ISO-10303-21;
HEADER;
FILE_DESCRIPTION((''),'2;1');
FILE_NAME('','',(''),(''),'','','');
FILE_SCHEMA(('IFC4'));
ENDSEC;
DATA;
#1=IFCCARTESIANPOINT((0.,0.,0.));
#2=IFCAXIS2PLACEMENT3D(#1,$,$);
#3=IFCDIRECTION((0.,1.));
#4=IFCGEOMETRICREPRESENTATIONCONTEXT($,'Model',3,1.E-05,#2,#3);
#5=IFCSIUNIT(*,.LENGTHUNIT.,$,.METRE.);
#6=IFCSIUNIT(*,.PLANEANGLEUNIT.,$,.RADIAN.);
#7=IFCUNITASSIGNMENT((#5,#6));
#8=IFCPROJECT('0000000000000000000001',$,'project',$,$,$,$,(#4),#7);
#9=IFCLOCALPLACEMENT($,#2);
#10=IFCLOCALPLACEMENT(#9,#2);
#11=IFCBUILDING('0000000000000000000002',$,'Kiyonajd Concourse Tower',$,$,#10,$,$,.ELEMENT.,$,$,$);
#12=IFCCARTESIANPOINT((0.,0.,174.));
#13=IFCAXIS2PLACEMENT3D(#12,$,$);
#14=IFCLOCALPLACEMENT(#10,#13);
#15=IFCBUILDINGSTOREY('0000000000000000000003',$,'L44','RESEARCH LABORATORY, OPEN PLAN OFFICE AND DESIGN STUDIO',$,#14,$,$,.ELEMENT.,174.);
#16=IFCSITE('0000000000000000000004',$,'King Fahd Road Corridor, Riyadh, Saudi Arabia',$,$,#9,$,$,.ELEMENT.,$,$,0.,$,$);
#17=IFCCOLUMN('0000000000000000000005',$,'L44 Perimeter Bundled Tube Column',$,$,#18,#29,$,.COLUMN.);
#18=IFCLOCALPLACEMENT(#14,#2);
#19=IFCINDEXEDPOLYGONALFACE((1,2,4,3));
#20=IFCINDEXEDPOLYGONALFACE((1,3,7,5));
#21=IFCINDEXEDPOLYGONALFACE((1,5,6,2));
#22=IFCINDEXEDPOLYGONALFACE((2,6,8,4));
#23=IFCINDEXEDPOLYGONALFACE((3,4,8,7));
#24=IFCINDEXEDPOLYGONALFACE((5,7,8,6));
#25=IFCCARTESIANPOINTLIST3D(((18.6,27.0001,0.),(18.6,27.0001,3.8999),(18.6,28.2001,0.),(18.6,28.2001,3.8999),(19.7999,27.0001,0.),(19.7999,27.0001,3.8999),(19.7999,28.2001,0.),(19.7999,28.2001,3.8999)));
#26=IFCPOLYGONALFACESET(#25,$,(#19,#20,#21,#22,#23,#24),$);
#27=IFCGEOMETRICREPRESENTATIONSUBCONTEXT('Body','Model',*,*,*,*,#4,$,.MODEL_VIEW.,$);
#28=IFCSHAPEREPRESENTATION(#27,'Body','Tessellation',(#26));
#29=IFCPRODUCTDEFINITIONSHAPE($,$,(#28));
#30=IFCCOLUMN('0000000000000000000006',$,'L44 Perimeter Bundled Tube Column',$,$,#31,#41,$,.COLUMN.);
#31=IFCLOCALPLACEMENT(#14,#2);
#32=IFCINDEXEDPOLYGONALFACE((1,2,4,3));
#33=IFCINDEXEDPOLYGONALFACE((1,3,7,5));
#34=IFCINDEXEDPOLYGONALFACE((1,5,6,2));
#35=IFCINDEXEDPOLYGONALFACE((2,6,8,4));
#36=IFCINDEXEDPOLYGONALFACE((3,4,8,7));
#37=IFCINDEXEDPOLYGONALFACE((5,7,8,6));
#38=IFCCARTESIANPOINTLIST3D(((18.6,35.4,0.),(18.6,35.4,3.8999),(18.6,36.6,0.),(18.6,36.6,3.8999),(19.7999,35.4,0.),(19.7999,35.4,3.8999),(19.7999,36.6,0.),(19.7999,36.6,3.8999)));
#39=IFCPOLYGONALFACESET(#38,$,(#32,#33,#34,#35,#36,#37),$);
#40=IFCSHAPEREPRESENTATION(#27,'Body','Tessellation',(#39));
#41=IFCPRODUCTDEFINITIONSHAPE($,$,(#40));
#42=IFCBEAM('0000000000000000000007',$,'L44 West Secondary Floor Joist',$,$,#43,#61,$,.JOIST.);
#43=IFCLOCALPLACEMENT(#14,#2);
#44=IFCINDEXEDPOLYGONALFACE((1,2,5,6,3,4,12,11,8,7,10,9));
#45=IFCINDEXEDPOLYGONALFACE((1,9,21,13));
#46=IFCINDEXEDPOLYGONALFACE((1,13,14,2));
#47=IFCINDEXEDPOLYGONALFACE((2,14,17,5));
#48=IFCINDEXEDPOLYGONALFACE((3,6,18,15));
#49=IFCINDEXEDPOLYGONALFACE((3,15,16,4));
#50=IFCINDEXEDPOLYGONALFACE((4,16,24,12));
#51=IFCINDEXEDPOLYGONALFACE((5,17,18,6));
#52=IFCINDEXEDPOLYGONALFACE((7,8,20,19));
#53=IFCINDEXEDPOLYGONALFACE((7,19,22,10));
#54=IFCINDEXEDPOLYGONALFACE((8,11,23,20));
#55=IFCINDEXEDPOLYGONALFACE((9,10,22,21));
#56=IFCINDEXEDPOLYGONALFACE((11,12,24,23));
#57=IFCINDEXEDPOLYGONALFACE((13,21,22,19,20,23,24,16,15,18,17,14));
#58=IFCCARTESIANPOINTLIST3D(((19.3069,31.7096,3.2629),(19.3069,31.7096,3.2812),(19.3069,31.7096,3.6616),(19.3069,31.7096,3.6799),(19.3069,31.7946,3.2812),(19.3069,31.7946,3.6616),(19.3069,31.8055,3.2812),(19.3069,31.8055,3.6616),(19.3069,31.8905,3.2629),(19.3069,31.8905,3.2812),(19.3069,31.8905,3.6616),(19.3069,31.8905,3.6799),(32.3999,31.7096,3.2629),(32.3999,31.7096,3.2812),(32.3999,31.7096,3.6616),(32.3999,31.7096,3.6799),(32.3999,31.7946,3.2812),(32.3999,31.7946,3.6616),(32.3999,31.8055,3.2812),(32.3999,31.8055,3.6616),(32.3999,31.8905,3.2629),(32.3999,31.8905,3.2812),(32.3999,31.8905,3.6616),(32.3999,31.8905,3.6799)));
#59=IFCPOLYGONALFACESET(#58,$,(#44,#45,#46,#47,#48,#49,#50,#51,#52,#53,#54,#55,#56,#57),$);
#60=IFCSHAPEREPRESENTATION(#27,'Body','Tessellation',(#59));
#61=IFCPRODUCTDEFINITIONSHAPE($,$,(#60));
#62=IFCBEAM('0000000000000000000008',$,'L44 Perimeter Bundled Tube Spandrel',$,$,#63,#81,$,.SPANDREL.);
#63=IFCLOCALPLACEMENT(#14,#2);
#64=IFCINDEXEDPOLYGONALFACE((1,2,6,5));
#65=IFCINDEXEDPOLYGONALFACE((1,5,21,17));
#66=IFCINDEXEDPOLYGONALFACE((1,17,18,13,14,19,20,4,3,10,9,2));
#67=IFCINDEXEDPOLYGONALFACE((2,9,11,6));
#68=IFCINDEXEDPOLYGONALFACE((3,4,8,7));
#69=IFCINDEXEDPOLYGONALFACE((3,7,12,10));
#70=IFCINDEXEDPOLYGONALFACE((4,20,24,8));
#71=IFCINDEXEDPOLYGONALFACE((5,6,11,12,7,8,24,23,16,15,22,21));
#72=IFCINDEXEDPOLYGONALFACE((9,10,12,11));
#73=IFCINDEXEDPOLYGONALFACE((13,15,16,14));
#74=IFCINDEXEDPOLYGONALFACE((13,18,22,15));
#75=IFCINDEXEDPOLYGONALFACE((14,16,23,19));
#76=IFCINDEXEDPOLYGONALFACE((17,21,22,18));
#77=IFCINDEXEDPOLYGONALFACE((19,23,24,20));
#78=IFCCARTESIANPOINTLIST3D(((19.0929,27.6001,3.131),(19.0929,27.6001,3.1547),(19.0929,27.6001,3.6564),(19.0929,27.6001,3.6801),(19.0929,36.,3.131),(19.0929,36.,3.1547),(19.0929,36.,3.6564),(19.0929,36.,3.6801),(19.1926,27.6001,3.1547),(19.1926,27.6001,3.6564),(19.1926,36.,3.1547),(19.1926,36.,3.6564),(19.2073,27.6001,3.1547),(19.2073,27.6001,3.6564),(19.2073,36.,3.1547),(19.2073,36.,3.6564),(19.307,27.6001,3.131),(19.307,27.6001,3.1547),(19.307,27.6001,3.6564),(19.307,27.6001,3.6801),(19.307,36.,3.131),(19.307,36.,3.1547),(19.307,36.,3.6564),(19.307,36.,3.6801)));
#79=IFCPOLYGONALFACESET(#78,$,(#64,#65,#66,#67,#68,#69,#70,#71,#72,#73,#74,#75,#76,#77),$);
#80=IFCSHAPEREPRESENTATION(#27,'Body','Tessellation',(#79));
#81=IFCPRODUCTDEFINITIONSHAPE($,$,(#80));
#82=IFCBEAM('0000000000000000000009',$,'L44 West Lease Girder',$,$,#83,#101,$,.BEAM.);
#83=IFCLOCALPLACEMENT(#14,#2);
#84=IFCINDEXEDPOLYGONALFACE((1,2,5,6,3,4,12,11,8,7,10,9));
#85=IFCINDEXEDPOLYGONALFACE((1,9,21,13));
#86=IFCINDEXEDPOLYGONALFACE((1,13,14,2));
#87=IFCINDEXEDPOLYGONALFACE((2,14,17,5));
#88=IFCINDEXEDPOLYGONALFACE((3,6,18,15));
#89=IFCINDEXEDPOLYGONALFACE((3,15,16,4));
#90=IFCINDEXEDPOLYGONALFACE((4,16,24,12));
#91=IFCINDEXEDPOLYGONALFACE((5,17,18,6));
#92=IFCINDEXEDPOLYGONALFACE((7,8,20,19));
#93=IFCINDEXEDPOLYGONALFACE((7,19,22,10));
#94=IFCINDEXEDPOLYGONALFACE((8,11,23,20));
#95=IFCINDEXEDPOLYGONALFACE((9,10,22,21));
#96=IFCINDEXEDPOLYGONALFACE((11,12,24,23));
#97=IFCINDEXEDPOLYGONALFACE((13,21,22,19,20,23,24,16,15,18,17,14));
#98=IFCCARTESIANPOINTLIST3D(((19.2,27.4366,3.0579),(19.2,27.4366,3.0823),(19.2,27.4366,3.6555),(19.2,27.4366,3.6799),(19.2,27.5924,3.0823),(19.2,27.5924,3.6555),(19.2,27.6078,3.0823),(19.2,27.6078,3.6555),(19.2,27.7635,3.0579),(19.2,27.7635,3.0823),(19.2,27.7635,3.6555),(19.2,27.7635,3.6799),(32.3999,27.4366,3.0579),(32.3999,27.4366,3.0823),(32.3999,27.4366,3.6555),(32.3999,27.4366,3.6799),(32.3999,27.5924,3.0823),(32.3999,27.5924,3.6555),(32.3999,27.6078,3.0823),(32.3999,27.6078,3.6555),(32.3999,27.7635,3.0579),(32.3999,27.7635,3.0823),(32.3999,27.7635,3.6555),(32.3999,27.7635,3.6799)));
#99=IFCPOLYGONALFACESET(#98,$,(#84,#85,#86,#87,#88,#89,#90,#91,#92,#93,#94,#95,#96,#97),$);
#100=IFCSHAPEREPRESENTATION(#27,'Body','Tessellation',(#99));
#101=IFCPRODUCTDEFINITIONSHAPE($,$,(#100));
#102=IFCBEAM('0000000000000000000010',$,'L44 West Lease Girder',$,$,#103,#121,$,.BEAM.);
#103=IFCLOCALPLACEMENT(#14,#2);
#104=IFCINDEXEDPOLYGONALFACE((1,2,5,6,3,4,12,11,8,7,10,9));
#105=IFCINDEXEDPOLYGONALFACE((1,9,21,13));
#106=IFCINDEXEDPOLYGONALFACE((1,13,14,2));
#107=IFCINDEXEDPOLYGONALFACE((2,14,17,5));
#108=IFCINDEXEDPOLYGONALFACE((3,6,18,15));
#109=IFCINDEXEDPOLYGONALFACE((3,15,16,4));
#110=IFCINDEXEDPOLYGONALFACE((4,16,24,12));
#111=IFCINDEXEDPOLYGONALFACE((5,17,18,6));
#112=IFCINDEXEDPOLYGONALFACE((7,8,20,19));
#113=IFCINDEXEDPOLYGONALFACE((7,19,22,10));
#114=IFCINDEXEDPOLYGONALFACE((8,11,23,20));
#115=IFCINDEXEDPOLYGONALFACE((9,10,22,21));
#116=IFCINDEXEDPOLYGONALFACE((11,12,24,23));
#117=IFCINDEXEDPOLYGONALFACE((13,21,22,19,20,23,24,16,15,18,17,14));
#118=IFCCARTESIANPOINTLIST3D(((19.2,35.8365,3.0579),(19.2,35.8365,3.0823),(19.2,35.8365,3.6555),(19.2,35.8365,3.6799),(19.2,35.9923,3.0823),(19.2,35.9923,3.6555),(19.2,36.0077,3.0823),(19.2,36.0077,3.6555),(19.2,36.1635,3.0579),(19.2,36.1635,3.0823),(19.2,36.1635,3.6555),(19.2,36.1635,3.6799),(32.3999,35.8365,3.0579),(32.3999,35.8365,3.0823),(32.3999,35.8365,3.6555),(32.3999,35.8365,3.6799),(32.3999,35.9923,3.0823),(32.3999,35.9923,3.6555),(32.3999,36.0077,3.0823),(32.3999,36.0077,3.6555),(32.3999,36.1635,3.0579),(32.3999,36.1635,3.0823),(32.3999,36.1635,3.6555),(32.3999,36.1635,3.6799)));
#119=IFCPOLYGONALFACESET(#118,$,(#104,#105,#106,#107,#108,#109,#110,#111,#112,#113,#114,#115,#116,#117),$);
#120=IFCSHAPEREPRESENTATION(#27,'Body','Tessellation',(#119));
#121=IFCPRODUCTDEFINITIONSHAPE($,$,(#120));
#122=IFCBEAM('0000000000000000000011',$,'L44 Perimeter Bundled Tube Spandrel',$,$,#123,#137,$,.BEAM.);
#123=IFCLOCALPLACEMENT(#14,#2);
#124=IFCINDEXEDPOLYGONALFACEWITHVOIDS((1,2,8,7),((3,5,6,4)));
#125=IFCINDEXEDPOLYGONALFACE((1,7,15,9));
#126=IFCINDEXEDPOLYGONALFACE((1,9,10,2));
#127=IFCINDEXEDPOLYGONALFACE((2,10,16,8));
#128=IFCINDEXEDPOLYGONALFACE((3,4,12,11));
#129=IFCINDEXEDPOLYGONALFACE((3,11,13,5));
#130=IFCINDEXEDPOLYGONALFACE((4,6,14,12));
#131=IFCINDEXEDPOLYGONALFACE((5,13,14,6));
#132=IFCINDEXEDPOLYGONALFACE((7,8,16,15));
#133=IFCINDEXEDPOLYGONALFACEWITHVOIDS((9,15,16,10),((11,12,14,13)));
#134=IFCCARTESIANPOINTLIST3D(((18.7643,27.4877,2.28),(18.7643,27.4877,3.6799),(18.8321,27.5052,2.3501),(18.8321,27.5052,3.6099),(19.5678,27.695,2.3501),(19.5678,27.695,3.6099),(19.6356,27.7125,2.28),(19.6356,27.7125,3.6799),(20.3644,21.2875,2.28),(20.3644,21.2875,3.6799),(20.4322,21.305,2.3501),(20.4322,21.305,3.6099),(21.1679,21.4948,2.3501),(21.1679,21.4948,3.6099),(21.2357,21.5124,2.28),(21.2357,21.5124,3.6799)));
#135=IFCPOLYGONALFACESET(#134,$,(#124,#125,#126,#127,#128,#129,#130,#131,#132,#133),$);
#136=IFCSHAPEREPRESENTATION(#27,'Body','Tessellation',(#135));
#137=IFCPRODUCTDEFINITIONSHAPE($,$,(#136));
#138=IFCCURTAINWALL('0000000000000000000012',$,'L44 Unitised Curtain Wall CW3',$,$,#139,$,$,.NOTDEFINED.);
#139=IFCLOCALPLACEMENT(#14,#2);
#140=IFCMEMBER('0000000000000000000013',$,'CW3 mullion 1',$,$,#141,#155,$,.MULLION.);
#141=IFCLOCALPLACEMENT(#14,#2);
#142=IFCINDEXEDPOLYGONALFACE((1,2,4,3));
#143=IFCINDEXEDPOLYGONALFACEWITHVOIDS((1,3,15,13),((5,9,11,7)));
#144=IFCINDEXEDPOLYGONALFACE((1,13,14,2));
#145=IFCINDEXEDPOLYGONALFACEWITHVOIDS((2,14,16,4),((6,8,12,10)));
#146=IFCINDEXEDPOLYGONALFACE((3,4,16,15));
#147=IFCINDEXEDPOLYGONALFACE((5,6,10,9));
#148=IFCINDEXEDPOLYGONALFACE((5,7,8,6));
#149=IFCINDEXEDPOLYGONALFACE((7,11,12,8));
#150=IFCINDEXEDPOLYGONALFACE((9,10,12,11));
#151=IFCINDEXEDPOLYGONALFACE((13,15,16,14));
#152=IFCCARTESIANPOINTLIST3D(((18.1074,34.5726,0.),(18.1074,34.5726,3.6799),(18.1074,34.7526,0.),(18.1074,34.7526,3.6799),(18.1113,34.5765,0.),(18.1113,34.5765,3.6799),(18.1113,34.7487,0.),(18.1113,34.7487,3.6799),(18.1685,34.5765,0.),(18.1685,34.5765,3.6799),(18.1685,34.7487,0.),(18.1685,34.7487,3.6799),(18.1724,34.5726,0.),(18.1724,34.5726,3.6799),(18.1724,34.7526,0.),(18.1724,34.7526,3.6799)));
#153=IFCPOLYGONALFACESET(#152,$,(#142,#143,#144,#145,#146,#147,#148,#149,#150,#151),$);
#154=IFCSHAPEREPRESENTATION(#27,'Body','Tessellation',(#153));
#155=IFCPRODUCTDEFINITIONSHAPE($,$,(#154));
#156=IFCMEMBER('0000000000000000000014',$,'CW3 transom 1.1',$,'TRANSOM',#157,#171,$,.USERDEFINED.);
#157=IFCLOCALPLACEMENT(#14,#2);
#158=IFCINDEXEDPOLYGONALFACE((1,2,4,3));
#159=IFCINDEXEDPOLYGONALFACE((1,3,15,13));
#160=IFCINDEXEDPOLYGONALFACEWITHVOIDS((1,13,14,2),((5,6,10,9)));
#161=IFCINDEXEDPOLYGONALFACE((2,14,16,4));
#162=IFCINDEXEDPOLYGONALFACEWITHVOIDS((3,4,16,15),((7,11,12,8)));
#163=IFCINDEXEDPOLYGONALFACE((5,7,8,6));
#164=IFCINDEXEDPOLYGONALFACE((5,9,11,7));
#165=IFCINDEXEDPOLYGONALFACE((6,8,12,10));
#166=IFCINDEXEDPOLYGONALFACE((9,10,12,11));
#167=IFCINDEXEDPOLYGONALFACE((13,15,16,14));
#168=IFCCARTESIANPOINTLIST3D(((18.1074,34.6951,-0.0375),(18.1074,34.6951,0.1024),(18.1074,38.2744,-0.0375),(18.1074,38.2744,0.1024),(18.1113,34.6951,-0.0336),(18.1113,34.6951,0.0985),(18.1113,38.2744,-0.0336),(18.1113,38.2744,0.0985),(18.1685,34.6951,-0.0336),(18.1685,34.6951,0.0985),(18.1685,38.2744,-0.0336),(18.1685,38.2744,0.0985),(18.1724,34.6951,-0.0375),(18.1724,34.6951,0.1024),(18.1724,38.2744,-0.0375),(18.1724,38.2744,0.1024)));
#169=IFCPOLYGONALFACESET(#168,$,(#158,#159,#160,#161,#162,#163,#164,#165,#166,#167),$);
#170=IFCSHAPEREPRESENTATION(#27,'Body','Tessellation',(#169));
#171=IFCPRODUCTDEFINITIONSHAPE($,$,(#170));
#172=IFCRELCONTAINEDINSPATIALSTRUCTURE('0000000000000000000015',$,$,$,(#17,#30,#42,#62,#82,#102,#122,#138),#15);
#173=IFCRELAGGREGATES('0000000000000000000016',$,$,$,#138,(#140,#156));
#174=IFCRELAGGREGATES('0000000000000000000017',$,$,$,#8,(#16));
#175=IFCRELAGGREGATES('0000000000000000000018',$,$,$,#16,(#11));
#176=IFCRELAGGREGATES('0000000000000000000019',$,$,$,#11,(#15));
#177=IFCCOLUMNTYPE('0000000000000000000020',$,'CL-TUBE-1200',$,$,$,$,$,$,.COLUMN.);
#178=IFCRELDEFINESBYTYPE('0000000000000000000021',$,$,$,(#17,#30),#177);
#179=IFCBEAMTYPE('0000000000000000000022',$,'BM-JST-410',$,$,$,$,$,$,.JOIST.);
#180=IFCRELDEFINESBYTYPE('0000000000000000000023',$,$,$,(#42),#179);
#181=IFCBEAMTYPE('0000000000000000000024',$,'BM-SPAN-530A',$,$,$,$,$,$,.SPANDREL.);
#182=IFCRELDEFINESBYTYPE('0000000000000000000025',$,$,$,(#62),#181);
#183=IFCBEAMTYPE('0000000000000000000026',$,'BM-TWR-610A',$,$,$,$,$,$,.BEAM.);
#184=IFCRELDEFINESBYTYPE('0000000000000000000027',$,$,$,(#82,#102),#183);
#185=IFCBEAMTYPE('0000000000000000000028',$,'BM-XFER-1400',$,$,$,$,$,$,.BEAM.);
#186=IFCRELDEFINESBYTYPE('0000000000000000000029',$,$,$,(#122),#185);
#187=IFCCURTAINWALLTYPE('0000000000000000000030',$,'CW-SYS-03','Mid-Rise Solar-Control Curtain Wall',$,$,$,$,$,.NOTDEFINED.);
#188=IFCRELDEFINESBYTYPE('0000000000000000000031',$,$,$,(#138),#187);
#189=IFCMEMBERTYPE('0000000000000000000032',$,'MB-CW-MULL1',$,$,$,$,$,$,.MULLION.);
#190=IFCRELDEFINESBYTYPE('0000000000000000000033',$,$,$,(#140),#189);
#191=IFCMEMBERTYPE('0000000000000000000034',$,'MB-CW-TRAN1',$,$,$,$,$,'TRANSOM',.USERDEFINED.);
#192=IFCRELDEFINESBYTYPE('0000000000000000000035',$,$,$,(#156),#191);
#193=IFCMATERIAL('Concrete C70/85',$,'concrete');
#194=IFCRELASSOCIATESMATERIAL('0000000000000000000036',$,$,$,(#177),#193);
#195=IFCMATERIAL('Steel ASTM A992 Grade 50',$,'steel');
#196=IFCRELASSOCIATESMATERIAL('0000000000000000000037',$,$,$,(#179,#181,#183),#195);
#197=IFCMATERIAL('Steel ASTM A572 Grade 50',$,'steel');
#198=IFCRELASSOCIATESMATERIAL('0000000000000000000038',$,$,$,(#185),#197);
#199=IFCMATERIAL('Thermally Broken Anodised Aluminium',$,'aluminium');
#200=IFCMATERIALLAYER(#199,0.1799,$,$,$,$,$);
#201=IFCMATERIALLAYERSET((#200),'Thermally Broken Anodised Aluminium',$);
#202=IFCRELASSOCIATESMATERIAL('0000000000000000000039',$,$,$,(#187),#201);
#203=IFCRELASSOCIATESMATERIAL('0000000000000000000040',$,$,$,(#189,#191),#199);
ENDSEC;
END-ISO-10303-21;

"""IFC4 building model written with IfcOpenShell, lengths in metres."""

from ifc_helpers import new_model, si_unit, direction, frame, origin, origin_2d, place, context, subcontext, project, spatial, rectangle, hollow_rectangle, i_section, extrude, material, layer, layer_set, material_profile, profile_set, type_object, element, aggregate, save


model = new_model("IFC4")

# Units and contexts
model_context = context("Model", 3, precision=1e-05, world=origin(), true_north=direction((0.0, 1.0)))
body_context = subcontext(model_context, "Body", "Model", "MODEL_VIEW")
ifc_project = project(units=[si_unit("LENGTHUNIT", "METRE"), si_unit("PLANEANGLEUNIT", "RADIAN")], contexts=[model_context])

# Site, building, storey
site_placement = place(None, origin())
site = spatial("IfcSite", under=ifc_project, at=site_placement, Name="King Fahd Road Corridor, Riyadh, Saudi Arabia", CompositionType="ELEMENT", RefElevation=0.0)
building_placement = place(site_placement, origin())
building = spatial("IfcBuilding", under=site, at=building_placement, Name="Kiyonajd Concourse Tower", CompositionType="ELEMENT")
storey_placement = place(building_placement, frame((0.0, 0.0, 174.0)))
storey = spatial("IfcBuildingStorey", under=building, at=storey_placement, Name="L44", Description="RESEARCH LABORATORY, OPEN PLAN OFFICE AND DESIGN STUDIO", CompositionType="ELEMENT", Elevation=174.0)

# Columns
ifc_material_1 = material(Name="Concrete C70/85", Category="concrete")
ifc_material_profile_1 = material_profile(ifc_material_1, rectangle(XDim=1.2, YDim=1.2, at=origin_2d()), Name="RC-1200x1200")
ifc_profile_set_1 = profile_set([ifc_material_profile_1], Name="Concrete C70/85")
column_type = type_object("IfcColumnType", Name="CL-TUBE-1200", PredefinedType="COLUMN", material=ifc_profile_set_1)
for number, where, z_axis, x_axis, name in (
    (1, (19.2, 27.6001, 0.0), (0.0, 0.0, 1.0), (1.0, 0.0, 0.0), "L44 Perimeter Bundled Tube Column"),
    (2, (19.2, 36.0, 0.0), (0.0, 0.0, 1.0), (1.0, 0.0, 0.0), "L44 Perimeter Bundled Tube Column"),
):
    element("IfcColumn", number, at=place(storey_placement, frame(where, z_axis=z_axis, x_axis=x_axis)), inside=storey, type_object=column_type, Name=name, PredefinedType="COLUMN", context=body_context, shape_type="SweptSolid", body=[
        extrude(rectangle(XDim=1.2, YDim=1.2, at=origin_2d()), origin(), (0.0, 0.0, 1.0), 3.8999),
    ])

# Beams
ifc_material_2 = material(Name="Steel ASTM A992 Grade 50", Category="steel")
ifc_material_profile_2 = material_profile(ifc_material_2, i_section(OverallWidth=0.1809, OverallDepth=0.417, WebThickness=0.011, FlangeThickness=0.0183, at=origin_2d()), Name="W410X85")
ifc_profile_set_2 = profile_set([ifc_material_profile_2], Name="Steel ASTM A992 Grade 50")
beam_type_1 = type_object("IfcBeamType", Name="BM-JST-410", PredefinedType="JOIST", material=ifc_profile_set_2)
beam_1_placement = place(storey_placement, frame((19.3069, 31.8, 3.4714), z_axis=(1.0, 0.0, 0.0), x_axis=(0.0, 1.0, 0.0)))
element("IfcBeam", 3, at=beam_1_placement, inside=storey, type_object=beam_type_1, Name="L44 West Secondary Floor Joist", PredefinedType="JOIST", context=body_context, shape_type="SweptSolid", body=[
    extrude(i_section(OverallWidth=0.1809, OverallDepth=0.417, WebThickness=0.011, FlangeThickness=0.0183, at=origin_2d()), origin(), (0.0, 0.0, 1.0), 13.093),
])
ifc_material_profile_3 = material_profile(ifc_material_2, i_section(OverallWidth=0.2141, OverallDepth=0.5491, WebThickness=0.0146, FlangeThickness=0.0237, at=origin_2d()), Name="W530X138")
ifc_profile_set_3 = profile_set([ifc_material_profile_3], Name="Steel ASTM A992 Grade 50")
beam_type_2 = type_object("IfcBeamType", Name="BM-SPAN-530A", PredefinedType="SPANDREL", material=ifc_profile_set_3)
beam_2_placement = place(storey_placement, frame((19.2, 36.0, 3.4055), z_axis=(0.0, -1.0, 0.0), x_axis=(1.0, 0.0, 0.0)))
element("IfcBeam", 4, at=beam_2_placement, inside=storey, type_object=beam_type_2, Name="L44 Perimeter Bundled Tube Spandrel", PredefinedType="SPANDREL", context=body_context, shape_type="SweptSolid", body=[
    extrude(i_section(OverallWidth=0.2141, OverallDepth=0.5491, WebThickness=0.0146, FlangeThickness=0.0237, at=origin_2d()), origin(), (0.0, 0.0, 1.0), 8.3999),
])
ifc_material_profile_4 = material_profile(ifc_material_2, i_section(OverallWidth=0.3269, OverallDepth=0.6221, WebThickness=0.0154, FlangeThickness=0.0244, at=origin_2d()), Name="W610X195")
ifc_profile_set_4 = profile_set([ifc_material_profile_4], Name="Steel ASTM A992 Grade 50")
beam_type_3 = type_object("IfcBeamType", Name="BM-TWR-610A", PredefinedType="BEAM", material=ifc_profile_set_4)
for number, where, z_axis, x_axis, name in (
    (5, (19.2, 27.6001, 3.3689), (1.0, 0.0, 0.0), (0.0, 1.0, 0.0), "L44 West Lease Girder"),
    (6, (19.2, 36.0, 3.3689), (1.0, 0.0, 0.0), (0.0, 1.0, 0.0), "L44 West Lease Girder"),
):
    element("IfcBeam", number, at=place(storey_placement, frame(where, z_axis=z_axis, x_axis=x_axis)), inside=storey, type_object=beam_type_3, Name=name, PredefinedType="BEAM", context=body_context, shape_type="SweptSolid", body=[
        extrude(i_section(OverallWidth=0.3269, OverallDepth=0.6221, WebThickness=0.0154, FlangeThickness=0.0244, at=origin_2d()), origin(), (0.0, 0.0, 1.0), 13.2),
    ])
ifc_material_3 = material(Name="Steel ASTM A572 Grade 50", Category="steel")
ifc_material_profile_5 = material_profile(ifc_material_3, hollow_rectangle(XDim=0.8999, YDim=1.3999, WallThickness=0.0701, at=origin_2d()), Name="BOX-1400x900x70")
ifc_profile_set_5 = profile_set([ifc_material_profile_5], Name="Steel ASTM A572 Grade 50")
beam_type_4 = type_object("IfcBeamType", Name="BM-XFER-1400", PredefinedType="BEAM", material=ifc_profile_set_5)
beam_3_placement = place(storey_placement, frame((19.2, 27.6001, 2.98), z_axis=(0.249885, -0.968276, 0.0), x_axis=(0.968276, 0.249885, 0.0)))
element("IfcBeam", 7, at=beam_3_placement, inside=storey, type_object=beam_type_4, Name="L44 Perimeter Bundled Tube Spandrel", PredefinedType="BEAM", context=body_context, shape_type="SweptSolid", body=[
    extrude(hollow_rectangle(XDim=0.8999, YDim=1.3999, WallThickness=0.0701, at=origin_2d()), origin(), (0.0, 0.0, 1.0), 6.4033),
])

# Curtain wall, members
ifc_material_4 = material(Name="Thermally Broken Anodised Aluminium", Category="aluminium")
ifc_layer_1 = layer(ifc_material_4, 0.1799)
ifc_layer_set_1 = layer_set([ifc_layer_1], Name="Thermally Broken Anodised Aluminium")
curtain_wall_type = type_object("IfcCurtainWallType", Name="CW-SYS-03", Description="Mid-Rise Solar-Control Curtain Wall", PredefinedType="NOTDEFINED", material=ifc_layer_set_1)
curtain_wall_placement = place(storey_placement, origin())
curtain_wall = element("IfcCurtainWall", 8, at=curtain_wall_placement, inside=storey, type_object=curtain_wall_type, Name="L44 Unitised Curtain Wall CW3", PredefinedType="NOTDEFINED")
ifc_material_profile_6 = material_profile(ifc_material_4, hollow_rectangle(XDim=0.0649, YDim=0.1799, WallThickness=0.0039, at=origin_2d()), Name="MULL-65x180")
ifc_profile_set_6 = profile_set([ifc_material_profile_6], Name="Thermally Broken Anodised Aluminium")
member_type_1 = type_object("IfcMemberType", Name="MB-CW-MULL1", PredefinedType="MULLION", material=ifc_profile_set_6)
member_1_placement = place(storey_placement, frame((18.1399, 34.6626, 0.0), z_axis=(0.0, 0.0, 1.0), x_axis=(-1.0, 0.0, 0.0)))
member_1 = element("IfcMember", 9, at=member_1_placement, type_object=member_type_1, Name="CW3 mullion 1", PredefinedType="MULLION", context=body_context, shape_type="SweptSolid", body=[
    extrude(hollow_rectangle(XDim=0.0649, YDim=0.1799, WallThickness=0.0039, at=origin_2d()), origin(), (0.0, 0.0, 1.0), 3.6799),
])
ifc_material_profile_7 = material_profile(ifc_material_4, hollow_rectangle(XDim=0.0649, YDim=0.1399, WallThickness=0.0039, at=origin_2d()), Name="TRAN-65x140")
ifc_profile_set_7 = profile_set([ifc_material_profile_7], Name="Thermally Broken Anodised Aluminium")
member_type_2 = type_object("IfcMemberType", Name="MB-CW-TRAN1", ElementType="TRANSOM", PredefinedType="USERDEFINED", material=ifc_profile_set_7)
member_2_placement = place(storey_placement, frame((18.1399, 34.6951, 0.0325), z_axis=(0.0, 1.0, 0.0), x_axis=(-1.0, 0.0, 0.0)))
member_2 = element("IfcMember", 10, at=member_2_placement, type_object=member_type_2, Name="CW3 transom 1.1", ObjectType="TRANSOM", PredefinedType="USERDEFINED", context=body_context, shape_type="SweptSolid", body=[
    extrude(hollow_rectangle(XDim=0.0649, YDim=0.1399, WallThickness=0.0039, at=origin_2d()), origin(), (0.0, 0.0, 1.0), 3.5793),
])

aggregate(curtain_wall, [member_1, member_2])

save(model, "model.ifc")
